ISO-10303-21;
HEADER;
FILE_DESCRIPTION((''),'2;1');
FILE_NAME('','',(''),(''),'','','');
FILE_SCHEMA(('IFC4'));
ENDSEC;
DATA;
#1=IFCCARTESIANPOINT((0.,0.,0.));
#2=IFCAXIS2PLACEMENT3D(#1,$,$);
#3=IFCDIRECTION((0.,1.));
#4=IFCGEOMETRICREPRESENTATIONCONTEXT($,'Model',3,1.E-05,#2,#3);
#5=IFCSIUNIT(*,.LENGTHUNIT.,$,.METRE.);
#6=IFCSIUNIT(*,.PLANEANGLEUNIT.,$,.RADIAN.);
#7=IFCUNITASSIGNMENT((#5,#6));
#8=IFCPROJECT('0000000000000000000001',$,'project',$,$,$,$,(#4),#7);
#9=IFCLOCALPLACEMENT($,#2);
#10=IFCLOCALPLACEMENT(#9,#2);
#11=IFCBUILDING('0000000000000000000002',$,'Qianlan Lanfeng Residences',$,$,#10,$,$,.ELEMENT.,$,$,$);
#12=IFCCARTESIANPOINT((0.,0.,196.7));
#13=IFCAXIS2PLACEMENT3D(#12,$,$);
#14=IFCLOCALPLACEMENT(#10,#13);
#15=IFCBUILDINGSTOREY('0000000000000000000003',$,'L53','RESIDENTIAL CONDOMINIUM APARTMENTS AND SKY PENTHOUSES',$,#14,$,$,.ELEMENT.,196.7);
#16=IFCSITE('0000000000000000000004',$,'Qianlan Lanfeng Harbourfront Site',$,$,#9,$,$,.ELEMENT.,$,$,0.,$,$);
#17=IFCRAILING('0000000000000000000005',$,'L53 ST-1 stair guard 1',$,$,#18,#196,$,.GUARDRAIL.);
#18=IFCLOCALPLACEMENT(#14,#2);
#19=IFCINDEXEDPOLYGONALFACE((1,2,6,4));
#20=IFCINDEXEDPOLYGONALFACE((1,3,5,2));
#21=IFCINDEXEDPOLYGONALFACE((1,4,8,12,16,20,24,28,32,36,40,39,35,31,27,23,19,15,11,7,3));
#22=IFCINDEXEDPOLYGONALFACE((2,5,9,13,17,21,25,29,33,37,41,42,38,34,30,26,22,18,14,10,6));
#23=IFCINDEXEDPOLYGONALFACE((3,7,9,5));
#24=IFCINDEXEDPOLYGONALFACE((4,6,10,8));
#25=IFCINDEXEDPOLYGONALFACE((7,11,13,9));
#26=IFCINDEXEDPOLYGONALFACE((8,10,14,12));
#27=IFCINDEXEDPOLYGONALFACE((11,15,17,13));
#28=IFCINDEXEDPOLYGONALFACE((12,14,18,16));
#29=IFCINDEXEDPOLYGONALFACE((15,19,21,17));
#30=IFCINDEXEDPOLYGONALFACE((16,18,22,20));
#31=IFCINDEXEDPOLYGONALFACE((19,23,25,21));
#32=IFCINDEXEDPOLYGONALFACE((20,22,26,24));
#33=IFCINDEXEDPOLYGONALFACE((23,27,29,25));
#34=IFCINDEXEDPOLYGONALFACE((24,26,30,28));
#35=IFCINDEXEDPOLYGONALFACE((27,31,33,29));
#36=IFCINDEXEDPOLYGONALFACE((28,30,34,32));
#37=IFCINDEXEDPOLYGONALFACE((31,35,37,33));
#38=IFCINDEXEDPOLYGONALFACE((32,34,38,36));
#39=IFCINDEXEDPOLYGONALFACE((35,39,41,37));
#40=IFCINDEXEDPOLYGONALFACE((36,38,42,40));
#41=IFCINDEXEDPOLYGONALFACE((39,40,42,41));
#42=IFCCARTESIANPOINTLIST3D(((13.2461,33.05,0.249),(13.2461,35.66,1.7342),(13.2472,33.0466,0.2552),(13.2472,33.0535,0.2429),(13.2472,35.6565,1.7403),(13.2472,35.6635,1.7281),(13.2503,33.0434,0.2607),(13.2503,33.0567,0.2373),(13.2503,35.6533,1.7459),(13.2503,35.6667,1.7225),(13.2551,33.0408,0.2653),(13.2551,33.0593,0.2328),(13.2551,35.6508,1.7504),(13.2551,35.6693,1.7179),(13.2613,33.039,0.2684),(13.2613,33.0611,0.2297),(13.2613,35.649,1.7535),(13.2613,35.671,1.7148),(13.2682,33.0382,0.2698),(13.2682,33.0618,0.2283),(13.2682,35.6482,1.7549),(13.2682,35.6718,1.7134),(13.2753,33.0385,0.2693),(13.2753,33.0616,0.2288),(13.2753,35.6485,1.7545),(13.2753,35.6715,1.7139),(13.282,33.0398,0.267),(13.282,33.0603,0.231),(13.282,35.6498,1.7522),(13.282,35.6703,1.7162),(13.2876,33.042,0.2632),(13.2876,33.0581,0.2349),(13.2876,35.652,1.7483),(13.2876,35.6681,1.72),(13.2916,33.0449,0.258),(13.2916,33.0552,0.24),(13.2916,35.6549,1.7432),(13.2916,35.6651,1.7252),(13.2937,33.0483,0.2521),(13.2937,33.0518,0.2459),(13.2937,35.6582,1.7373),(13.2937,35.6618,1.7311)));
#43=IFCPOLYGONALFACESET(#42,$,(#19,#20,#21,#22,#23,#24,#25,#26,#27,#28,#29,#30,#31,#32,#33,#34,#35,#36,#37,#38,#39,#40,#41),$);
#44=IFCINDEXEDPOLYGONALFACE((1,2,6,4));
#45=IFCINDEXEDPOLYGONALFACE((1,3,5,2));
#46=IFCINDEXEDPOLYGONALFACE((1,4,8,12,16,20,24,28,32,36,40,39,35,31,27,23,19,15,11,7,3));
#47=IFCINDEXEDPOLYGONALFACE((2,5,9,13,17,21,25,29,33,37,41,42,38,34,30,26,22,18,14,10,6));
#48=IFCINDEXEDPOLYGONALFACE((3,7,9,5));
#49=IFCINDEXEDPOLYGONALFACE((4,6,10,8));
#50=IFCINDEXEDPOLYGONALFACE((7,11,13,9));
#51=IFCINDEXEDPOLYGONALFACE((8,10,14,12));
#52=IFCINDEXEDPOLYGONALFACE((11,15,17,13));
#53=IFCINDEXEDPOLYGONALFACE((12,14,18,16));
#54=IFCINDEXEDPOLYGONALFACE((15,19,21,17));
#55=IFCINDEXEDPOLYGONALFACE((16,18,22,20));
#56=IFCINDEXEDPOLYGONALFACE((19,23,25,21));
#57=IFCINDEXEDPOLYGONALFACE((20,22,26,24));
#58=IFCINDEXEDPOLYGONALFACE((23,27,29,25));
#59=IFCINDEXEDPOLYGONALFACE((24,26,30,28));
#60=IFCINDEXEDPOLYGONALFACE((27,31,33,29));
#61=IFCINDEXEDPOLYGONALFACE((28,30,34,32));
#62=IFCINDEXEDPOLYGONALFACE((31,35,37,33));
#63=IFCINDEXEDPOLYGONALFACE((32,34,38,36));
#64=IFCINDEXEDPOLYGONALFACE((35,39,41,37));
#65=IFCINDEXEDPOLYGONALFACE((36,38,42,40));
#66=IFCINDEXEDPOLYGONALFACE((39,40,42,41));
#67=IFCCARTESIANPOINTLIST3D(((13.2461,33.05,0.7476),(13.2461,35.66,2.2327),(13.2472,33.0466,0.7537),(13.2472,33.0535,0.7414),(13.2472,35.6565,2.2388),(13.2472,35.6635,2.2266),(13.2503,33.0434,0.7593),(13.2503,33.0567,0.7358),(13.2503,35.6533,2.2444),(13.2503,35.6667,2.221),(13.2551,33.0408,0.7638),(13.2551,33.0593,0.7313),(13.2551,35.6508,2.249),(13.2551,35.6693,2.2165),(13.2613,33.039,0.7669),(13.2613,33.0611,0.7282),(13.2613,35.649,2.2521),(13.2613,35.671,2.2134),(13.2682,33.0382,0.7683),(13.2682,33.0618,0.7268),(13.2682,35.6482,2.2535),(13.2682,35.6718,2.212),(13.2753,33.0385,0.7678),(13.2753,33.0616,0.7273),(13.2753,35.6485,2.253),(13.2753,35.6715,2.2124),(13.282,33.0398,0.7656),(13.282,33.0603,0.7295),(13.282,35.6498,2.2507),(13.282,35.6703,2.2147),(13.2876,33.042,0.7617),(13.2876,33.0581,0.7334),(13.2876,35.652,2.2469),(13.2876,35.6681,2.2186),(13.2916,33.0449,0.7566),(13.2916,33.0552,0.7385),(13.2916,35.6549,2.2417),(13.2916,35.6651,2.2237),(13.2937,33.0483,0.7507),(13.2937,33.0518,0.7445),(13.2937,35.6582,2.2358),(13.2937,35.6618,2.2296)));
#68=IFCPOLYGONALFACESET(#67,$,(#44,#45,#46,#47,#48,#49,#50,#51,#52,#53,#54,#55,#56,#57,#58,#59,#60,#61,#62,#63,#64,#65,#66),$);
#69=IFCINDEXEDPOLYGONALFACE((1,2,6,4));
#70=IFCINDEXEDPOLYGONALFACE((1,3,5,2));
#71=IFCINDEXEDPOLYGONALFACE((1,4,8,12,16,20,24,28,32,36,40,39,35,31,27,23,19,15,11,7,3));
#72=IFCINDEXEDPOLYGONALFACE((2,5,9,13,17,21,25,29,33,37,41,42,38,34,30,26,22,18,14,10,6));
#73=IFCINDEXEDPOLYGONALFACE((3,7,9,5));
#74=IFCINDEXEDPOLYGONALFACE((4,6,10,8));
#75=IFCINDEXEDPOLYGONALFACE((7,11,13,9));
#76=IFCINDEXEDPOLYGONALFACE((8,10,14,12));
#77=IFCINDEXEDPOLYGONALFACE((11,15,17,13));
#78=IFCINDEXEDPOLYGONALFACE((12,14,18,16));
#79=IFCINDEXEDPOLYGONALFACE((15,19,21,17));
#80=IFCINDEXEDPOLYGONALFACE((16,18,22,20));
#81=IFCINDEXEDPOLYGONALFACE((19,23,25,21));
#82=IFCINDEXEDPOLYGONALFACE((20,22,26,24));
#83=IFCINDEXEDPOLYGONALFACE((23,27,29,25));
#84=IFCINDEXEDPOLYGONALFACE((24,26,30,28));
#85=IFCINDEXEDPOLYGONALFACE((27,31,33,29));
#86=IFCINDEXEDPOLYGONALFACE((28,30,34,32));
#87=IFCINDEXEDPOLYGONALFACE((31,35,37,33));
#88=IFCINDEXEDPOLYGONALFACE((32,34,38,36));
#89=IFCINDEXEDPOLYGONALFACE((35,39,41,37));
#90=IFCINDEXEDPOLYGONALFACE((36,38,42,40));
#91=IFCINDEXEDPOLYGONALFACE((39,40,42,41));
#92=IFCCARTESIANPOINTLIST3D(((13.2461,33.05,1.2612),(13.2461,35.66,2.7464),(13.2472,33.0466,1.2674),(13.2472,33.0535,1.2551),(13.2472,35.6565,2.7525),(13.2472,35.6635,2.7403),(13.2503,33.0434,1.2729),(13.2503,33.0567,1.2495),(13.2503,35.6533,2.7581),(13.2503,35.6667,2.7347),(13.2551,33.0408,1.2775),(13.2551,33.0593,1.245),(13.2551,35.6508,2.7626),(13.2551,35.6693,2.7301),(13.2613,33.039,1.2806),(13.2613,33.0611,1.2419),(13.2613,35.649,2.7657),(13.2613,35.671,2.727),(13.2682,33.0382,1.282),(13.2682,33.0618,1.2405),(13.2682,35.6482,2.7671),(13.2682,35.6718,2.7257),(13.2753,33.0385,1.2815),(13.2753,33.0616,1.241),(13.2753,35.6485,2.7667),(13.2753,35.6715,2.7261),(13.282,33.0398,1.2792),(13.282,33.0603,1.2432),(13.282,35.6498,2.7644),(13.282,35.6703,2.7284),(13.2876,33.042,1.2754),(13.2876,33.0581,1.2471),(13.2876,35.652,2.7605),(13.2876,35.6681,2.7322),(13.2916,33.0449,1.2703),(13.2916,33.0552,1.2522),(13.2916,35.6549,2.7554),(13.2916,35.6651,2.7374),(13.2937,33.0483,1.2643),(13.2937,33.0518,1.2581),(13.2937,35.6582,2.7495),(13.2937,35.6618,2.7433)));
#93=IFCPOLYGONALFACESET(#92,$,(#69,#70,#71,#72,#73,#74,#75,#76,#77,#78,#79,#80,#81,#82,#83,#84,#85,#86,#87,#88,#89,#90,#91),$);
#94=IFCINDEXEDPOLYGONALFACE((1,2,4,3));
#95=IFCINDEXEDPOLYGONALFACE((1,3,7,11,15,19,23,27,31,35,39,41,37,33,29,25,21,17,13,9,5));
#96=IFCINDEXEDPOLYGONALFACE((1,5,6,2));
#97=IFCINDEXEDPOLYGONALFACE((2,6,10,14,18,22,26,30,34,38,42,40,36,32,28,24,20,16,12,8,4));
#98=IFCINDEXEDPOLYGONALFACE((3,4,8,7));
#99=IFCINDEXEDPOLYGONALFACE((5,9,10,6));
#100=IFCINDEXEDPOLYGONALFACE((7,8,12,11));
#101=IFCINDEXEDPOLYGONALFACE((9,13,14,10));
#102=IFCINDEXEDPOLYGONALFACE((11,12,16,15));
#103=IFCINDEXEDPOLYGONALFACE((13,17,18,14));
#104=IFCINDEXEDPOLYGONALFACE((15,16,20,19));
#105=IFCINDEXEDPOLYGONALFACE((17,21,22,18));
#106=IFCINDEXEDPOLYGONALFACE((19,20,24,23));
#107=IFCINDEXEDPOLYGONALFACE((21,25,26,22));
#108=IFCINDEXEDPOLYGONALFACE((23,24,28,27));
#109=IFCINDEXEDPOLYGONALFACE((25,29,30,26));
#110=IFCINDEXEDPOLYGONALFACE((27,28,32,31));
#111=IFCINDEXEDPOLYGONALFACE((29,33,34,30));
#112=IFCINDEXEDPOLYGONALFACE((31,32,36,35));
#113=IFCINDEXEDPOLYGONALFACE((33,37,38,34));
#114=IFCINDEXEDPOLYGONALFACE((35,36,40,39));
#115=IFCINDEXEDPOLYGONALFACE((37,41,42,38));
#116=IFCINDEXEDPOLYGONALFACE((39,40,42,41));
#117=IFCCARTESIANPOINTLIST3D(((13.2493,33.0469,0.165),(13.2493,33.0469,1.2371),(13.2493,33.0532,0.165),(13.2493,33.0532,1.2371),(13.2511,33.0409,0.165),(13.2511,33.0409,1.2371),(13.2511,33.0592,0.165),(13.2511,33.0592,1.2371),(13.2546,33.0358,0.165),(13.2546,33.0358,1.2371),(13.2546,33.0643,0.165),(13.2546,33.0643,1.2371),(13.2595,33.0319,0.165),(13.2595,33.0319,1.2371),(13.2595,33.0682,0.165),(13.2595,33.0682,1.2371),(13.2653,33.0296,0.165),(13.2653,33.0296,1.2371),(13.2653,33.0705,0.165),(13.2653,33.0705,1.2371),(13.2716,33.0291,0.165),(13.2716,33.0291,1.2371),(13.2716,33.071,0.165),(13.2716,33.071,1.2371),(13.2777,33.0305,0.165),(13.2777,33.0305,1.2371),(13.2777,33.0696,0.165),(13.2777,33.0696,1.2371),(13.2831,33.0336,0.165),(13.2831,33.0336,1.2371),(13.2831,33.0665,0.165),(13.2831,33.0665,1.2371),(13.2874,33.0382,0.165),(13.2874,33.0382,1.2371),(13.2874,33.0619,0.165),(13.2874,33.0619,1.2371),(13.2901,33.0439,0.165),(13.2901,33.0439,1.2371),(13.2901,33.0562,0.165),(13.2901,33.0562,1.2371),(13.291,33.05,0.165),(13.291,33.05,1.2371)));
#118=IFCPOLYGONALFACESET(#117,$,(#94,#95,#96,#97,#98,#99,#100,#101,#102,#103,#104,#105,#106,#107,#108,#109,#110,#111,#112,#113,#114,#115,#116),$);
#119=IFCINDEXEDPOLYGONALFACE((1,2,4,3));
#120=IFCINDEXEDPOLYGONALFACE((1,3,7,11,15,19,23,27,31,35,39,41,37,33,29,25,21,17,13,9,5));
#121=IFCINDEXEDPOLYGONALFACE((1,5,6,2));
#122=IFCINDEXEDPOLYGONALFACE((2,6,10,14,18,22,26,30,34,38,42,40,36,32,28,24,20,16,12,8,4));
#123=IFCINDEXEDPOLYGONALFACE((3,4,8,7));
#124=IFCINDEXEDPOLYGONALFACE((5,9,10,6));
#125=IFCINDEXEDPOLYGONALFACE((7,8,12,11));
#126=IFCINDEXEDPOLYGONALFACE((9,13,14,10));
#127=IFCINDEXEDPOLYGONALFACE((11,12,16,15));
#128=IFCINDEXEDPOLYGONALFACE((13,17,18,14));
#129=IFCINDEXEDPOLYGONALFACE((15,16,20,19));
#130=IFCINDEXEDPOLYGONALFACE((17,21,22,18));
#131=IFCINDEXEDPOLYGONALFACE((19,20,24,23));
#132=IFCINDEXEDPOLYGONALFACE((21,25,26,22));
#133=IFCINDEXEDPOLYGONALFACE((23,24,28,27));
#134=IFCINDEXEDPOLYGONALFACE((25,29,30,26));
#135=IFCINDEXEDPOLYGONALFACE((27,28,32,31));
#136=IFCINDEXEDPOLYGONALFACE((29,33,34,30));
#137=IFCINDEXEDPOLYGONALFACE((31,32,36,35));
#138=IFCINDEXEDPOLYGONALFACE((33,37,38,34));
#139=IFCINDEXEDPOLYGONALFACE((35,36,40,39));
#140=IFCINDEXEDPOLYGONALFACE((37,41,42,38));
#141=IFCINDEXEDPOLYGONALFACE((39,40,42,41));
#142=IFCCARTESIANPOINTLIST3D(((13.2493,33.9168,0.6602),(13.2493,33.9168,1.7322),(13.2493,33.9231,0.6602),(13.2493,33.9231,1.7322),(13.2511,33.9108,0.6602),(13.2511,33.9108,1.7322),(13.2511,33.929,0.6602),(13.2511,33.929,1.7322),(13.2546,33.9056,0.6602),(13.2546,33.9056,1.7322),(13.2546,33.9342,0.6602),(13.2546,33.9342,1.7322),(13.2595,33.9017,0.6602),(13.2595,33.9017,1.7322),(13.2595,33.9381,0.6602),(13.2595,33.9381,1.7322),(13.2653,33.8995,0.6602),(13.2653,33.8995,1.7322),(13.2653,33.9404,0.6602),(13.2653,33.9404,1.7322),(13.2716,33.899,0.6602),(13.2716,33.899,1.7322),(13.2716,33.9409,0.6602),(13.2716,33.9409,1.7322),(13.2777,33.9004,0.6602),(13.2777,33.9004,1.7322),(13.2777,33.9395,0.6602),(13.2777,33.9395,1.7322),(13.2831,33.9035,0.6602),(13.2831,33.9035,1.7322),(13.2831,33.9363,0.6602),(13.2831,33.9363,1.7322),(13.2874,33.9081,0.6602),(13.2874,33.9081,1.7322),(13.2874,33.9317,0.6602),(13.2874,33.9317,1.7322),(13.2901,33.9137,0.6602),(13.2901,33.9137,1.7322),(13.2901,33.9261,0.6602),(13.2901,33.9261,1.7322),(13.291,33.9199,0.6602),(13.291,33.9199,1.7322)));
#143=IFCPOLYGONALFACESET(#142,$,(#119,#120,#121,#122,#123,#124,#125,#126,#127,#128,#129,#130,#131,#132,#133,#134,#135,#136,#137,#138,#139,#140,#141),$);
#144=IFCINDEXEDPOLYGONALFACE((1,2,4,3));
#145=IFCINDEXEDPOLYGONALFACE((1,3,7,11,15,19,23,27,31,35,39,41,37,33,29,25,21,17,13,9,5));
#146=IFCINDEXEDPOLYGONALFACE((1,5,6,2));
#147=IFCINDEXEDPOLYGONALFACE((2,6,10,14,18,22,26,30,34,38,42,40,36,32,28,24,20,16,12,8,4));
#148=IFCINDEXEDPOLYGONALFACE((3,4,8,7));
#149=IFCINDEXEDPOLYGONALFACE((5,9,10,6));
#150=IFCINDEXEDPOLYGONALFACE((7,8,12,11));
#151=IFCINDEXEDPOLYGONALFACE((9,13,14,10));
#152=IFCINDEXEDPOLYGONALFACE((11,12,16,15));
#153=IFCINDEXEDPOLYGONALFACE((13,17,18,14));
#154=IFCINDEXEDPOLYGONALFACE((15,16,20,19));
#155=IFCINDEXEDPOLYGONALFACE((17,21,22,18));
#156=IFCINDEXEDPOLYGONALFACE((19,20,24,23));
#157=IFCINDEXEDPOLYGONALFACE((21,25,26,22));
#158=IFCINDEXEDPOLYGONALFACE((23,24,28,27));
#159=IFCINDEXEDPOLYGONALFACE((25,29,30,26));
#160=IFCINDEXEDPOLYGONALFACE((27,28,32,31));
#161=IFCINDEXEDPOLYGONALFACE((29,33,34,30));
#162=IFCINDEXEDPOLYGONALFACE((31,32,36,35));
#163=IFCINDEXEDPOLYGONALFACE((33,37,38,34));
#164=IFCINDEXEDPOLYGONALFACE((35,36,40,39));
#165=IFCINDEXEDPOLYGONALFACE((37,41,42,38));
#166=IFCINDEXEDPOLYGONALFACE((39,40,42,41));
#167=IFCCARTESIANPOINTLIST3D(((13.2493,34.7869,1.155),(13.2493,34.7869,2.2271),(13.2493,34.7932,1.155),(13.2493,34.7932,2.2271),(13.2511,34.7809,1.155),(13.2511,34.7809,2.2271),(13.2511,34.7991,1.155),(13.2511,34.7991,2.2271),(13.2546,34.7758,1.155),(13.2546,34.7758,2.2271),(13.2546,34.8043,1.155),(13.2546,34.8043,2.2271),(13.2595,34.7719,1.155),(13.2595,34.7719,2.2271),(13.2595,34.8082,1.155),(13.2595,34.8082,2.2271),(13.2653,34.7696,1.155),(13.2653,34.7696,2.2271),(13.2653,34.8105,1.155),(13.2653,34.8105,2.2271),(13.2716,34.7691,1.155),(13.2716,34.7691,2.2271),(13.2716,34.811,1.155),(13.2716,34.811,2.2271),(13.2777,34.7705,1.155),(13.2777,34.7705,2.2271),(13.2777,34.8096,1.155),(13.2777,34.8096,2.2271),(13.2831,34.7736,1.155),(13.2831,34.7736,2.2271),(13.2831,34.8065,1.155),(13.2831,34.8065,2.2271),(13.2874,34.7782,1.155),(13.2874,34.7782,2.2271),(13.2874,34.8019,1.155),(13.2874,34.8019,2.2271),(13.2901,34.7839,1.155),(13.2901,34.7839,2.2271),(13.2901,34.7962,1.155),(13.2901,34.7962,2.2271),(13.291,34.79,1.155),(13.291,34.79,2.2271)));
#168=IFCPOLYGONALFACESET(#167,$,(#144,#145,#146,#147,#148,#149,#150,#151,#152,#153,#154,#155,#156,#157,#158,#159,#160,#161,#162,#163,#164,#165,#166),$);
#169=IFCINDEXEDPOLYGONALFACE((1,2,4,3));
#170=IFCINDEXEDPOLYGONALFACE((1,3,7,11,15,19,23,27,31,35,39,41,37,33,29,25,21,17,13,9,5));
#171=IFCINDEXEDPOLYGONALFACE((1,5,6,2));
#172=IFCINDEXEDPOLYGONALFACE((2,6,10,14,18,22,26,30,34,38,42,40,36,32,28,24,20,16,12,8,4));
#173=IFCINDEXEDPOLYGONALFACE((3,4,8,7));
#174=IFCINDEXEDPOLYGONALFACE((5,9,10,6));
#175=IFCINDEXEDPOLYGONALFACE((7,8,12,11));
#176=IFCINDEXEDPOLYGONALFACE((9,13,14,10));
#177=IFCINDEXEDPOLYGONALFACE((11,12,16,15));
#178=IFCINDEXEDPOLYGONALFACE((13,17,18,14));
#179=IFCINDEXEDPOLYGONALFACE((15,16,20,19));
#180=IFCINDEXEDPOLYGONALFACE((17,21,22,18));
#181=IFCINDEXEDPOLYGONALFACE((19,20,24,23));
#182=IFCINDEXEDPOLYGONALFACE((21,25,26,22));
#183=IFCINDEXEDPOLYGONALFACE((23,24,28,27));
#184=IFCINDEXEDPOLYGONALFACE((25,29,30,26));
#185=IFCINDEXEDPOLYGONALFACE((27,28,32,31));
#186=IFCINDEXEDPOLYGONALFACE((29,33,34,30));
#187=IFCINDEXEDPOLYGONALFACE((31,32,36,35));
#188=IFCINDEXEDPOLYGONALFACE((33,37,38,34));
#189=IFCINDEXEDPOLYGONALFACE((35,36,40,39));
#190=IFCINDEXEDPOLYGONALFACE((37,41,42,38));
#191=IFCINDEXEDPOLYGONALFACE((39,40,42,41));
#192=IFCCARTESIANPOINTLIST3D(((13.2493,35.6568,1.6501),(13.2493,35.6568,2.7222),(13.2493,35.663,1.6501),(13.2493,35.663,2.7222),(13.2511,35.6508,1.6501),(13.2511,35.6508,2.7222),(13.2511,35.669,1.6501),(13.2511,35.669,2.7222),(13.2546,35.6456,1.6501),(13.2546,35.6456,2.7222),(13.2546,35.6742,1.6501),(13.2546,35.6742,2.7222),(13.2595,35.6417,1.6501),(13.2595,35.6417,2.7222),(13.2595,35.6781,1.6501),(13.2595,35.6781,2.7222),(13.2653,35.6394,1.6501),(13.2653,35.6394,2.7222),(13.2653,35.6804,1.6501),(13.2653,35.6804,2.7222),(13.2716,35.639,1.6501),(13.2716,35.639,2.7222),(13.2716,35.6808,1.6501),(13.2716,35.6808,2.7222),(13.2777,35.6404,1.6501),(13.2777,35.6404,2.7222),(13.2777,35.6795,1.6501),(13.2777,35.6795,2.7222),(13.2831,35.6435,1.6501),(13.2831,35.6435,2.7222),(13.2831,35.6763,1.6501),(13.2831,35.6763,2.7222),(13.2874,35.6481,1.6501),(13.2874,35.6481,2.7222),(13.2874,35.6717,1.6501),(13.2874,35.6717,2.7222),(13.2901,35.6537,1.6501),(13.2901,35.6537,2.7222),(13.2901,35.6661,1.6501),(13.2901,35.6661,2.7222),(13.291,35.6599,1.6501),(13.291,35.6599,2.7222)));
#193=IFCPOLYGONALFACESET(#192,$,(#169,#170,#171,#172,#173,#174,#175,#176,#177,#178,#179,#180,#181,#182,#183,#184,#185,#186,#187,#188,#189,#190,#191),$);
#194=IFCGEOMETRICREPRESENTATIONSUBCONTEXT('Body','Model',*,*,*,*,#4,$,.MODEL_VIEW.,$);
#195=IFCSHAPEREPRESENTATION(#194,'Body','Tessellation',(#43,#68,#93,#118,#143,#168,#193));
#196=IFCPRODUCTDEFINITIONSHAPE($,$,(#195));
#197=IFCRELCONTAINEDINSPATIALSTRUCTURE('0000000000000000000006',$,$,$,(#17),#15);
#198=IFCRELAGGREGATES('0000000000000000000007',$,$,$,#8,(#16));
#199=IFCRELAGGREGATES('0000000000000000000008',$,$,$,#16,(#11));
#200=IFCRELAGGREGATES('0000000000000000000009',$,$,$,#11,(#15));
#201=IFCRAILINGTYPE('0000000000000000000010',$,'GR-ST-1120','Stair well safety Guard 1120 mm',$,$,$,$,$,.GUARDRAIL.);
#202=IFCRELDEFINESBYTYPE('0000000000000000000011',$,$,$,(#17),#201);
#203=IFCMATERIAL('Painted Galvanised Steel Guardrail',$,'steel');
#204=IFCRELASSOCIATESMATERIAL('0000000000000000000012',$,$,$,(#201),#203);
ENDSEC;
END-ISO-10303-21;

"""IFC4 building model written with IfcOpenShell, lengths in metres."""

from ifc_helpers import new_model, si_unit, direction, frame, origin, origin_2d, place, context, subcontext, project, spatial, circle, extrude, material, type_object, element, save


model = new_model("IFC4")

# Units and contexts
model_context = context("Model", 3, precision=1e-05, world=origin(), true_north=direction((0.0, 1.0)))
body_context = subcontext(model_context, "Body", "Model", "MODEL_VIEW")
ifc_project = project(units=[si_unit("LENGTHUNIT", "METRE"), si_unit("PLANEANGLEUNIT", "RADIAN")], contexts=[model_context])

# Site, building, storey
site_placement = place(None, origin())
site = spatial("IfcSite", under=ifc_project, at=site_placement, Name="Qianlan Lanfeng Harbourfront Site", CompositionType="ELEMENT", RefElevation=0.0)
building_placement = place(site_placement, origin())
building = spatial("IfcBuilding", under=site, at=building_placement, Name="Qianlan Lanfeng Residences", CompositionType="ELEMENT")
storey_placement = place(building_placement, frame((0.0, 0.0, 196.7)))
storey = spatial("IfcBuildingStorey", under=building, at=storey_placement, Name="L53", Description="RESIDENTIAL CONDOMINIUM APARTMENTS AND SKY PENTHOUSES", CompositionType="ELEMENT", Elevation=196.7)

# Railing
ifc_material_1 = material(Name="Painted Galvanised Steel Guardrail", Category="steel")
railing_type_1 = type_object("IfcRailingType", Name="GR-ST-1120", Description="Stair well safety Guard 1120 mm", PredefinedType="GUARDRAIL", material=ifc_material_1)
railing_1_placement = place(storey_placement, frame((13.27, 33.05, 0.165)))
element("IfcRailing", 1, at=railing_1_placement, inside=storey, type_object=railing_type_1, Name="L53 ST-1 stair guard 1", PredefinedType="GUARDRAIL", context=body_context, shape_type="SweptSolid", body=[
    extrude(circle(Radius=0.0239, at=origin_2d()), frame((0.0, 0.0, 0.084), z_axis=(0.0, 0.869137, 0.494571), x_axis=(-1.0, 0.0, 0.0)), (0.0, 0.0, 1.0), 3.0029),
    extrude(circle(Radius=0.0239, at=origin_2d()), frame((0.0, 0.0, 0.5825), z_axis=(0.0, 0.869137, 0.494571), x_axis=(-1.0, 0.0, 0.0)), (0.0, 0.0, 1.0), 3.0029),
    extrude(circle(Radius=0.0239, at=origin_2d()), frame((0.0, 0.0, 1.0962), z_axis=(0.0, 0.869137, 0.494571), x_axis=(-1.0, 0.0, 0.0)), (0.0, 0.0, 1.0), 3.0029),
    extrude(circle(Radius=0.021, at=origin_2d()), origin(), (0.0, 0.0, 1.0), 1.072),
    extrude(circle(Radius=0.021, at=origin_2d()), frame((0.0, 0.8699, 0.4951)), (0.0, 0.0, 1.0), 1.072),
    extrude(circle(Radius=0.021, at=origin_2d()), frame((0.0, 1.74, 0.99)), (0.0, 0.0, 1.0), 1.072),
    extrude(circle(Radius=0.021, at=origin_2d()), frame((0.0, 2.6099, 1.4851)), (0.0, 0.0, 1.0), 1.072),
])

save(model, "model.ifc")
